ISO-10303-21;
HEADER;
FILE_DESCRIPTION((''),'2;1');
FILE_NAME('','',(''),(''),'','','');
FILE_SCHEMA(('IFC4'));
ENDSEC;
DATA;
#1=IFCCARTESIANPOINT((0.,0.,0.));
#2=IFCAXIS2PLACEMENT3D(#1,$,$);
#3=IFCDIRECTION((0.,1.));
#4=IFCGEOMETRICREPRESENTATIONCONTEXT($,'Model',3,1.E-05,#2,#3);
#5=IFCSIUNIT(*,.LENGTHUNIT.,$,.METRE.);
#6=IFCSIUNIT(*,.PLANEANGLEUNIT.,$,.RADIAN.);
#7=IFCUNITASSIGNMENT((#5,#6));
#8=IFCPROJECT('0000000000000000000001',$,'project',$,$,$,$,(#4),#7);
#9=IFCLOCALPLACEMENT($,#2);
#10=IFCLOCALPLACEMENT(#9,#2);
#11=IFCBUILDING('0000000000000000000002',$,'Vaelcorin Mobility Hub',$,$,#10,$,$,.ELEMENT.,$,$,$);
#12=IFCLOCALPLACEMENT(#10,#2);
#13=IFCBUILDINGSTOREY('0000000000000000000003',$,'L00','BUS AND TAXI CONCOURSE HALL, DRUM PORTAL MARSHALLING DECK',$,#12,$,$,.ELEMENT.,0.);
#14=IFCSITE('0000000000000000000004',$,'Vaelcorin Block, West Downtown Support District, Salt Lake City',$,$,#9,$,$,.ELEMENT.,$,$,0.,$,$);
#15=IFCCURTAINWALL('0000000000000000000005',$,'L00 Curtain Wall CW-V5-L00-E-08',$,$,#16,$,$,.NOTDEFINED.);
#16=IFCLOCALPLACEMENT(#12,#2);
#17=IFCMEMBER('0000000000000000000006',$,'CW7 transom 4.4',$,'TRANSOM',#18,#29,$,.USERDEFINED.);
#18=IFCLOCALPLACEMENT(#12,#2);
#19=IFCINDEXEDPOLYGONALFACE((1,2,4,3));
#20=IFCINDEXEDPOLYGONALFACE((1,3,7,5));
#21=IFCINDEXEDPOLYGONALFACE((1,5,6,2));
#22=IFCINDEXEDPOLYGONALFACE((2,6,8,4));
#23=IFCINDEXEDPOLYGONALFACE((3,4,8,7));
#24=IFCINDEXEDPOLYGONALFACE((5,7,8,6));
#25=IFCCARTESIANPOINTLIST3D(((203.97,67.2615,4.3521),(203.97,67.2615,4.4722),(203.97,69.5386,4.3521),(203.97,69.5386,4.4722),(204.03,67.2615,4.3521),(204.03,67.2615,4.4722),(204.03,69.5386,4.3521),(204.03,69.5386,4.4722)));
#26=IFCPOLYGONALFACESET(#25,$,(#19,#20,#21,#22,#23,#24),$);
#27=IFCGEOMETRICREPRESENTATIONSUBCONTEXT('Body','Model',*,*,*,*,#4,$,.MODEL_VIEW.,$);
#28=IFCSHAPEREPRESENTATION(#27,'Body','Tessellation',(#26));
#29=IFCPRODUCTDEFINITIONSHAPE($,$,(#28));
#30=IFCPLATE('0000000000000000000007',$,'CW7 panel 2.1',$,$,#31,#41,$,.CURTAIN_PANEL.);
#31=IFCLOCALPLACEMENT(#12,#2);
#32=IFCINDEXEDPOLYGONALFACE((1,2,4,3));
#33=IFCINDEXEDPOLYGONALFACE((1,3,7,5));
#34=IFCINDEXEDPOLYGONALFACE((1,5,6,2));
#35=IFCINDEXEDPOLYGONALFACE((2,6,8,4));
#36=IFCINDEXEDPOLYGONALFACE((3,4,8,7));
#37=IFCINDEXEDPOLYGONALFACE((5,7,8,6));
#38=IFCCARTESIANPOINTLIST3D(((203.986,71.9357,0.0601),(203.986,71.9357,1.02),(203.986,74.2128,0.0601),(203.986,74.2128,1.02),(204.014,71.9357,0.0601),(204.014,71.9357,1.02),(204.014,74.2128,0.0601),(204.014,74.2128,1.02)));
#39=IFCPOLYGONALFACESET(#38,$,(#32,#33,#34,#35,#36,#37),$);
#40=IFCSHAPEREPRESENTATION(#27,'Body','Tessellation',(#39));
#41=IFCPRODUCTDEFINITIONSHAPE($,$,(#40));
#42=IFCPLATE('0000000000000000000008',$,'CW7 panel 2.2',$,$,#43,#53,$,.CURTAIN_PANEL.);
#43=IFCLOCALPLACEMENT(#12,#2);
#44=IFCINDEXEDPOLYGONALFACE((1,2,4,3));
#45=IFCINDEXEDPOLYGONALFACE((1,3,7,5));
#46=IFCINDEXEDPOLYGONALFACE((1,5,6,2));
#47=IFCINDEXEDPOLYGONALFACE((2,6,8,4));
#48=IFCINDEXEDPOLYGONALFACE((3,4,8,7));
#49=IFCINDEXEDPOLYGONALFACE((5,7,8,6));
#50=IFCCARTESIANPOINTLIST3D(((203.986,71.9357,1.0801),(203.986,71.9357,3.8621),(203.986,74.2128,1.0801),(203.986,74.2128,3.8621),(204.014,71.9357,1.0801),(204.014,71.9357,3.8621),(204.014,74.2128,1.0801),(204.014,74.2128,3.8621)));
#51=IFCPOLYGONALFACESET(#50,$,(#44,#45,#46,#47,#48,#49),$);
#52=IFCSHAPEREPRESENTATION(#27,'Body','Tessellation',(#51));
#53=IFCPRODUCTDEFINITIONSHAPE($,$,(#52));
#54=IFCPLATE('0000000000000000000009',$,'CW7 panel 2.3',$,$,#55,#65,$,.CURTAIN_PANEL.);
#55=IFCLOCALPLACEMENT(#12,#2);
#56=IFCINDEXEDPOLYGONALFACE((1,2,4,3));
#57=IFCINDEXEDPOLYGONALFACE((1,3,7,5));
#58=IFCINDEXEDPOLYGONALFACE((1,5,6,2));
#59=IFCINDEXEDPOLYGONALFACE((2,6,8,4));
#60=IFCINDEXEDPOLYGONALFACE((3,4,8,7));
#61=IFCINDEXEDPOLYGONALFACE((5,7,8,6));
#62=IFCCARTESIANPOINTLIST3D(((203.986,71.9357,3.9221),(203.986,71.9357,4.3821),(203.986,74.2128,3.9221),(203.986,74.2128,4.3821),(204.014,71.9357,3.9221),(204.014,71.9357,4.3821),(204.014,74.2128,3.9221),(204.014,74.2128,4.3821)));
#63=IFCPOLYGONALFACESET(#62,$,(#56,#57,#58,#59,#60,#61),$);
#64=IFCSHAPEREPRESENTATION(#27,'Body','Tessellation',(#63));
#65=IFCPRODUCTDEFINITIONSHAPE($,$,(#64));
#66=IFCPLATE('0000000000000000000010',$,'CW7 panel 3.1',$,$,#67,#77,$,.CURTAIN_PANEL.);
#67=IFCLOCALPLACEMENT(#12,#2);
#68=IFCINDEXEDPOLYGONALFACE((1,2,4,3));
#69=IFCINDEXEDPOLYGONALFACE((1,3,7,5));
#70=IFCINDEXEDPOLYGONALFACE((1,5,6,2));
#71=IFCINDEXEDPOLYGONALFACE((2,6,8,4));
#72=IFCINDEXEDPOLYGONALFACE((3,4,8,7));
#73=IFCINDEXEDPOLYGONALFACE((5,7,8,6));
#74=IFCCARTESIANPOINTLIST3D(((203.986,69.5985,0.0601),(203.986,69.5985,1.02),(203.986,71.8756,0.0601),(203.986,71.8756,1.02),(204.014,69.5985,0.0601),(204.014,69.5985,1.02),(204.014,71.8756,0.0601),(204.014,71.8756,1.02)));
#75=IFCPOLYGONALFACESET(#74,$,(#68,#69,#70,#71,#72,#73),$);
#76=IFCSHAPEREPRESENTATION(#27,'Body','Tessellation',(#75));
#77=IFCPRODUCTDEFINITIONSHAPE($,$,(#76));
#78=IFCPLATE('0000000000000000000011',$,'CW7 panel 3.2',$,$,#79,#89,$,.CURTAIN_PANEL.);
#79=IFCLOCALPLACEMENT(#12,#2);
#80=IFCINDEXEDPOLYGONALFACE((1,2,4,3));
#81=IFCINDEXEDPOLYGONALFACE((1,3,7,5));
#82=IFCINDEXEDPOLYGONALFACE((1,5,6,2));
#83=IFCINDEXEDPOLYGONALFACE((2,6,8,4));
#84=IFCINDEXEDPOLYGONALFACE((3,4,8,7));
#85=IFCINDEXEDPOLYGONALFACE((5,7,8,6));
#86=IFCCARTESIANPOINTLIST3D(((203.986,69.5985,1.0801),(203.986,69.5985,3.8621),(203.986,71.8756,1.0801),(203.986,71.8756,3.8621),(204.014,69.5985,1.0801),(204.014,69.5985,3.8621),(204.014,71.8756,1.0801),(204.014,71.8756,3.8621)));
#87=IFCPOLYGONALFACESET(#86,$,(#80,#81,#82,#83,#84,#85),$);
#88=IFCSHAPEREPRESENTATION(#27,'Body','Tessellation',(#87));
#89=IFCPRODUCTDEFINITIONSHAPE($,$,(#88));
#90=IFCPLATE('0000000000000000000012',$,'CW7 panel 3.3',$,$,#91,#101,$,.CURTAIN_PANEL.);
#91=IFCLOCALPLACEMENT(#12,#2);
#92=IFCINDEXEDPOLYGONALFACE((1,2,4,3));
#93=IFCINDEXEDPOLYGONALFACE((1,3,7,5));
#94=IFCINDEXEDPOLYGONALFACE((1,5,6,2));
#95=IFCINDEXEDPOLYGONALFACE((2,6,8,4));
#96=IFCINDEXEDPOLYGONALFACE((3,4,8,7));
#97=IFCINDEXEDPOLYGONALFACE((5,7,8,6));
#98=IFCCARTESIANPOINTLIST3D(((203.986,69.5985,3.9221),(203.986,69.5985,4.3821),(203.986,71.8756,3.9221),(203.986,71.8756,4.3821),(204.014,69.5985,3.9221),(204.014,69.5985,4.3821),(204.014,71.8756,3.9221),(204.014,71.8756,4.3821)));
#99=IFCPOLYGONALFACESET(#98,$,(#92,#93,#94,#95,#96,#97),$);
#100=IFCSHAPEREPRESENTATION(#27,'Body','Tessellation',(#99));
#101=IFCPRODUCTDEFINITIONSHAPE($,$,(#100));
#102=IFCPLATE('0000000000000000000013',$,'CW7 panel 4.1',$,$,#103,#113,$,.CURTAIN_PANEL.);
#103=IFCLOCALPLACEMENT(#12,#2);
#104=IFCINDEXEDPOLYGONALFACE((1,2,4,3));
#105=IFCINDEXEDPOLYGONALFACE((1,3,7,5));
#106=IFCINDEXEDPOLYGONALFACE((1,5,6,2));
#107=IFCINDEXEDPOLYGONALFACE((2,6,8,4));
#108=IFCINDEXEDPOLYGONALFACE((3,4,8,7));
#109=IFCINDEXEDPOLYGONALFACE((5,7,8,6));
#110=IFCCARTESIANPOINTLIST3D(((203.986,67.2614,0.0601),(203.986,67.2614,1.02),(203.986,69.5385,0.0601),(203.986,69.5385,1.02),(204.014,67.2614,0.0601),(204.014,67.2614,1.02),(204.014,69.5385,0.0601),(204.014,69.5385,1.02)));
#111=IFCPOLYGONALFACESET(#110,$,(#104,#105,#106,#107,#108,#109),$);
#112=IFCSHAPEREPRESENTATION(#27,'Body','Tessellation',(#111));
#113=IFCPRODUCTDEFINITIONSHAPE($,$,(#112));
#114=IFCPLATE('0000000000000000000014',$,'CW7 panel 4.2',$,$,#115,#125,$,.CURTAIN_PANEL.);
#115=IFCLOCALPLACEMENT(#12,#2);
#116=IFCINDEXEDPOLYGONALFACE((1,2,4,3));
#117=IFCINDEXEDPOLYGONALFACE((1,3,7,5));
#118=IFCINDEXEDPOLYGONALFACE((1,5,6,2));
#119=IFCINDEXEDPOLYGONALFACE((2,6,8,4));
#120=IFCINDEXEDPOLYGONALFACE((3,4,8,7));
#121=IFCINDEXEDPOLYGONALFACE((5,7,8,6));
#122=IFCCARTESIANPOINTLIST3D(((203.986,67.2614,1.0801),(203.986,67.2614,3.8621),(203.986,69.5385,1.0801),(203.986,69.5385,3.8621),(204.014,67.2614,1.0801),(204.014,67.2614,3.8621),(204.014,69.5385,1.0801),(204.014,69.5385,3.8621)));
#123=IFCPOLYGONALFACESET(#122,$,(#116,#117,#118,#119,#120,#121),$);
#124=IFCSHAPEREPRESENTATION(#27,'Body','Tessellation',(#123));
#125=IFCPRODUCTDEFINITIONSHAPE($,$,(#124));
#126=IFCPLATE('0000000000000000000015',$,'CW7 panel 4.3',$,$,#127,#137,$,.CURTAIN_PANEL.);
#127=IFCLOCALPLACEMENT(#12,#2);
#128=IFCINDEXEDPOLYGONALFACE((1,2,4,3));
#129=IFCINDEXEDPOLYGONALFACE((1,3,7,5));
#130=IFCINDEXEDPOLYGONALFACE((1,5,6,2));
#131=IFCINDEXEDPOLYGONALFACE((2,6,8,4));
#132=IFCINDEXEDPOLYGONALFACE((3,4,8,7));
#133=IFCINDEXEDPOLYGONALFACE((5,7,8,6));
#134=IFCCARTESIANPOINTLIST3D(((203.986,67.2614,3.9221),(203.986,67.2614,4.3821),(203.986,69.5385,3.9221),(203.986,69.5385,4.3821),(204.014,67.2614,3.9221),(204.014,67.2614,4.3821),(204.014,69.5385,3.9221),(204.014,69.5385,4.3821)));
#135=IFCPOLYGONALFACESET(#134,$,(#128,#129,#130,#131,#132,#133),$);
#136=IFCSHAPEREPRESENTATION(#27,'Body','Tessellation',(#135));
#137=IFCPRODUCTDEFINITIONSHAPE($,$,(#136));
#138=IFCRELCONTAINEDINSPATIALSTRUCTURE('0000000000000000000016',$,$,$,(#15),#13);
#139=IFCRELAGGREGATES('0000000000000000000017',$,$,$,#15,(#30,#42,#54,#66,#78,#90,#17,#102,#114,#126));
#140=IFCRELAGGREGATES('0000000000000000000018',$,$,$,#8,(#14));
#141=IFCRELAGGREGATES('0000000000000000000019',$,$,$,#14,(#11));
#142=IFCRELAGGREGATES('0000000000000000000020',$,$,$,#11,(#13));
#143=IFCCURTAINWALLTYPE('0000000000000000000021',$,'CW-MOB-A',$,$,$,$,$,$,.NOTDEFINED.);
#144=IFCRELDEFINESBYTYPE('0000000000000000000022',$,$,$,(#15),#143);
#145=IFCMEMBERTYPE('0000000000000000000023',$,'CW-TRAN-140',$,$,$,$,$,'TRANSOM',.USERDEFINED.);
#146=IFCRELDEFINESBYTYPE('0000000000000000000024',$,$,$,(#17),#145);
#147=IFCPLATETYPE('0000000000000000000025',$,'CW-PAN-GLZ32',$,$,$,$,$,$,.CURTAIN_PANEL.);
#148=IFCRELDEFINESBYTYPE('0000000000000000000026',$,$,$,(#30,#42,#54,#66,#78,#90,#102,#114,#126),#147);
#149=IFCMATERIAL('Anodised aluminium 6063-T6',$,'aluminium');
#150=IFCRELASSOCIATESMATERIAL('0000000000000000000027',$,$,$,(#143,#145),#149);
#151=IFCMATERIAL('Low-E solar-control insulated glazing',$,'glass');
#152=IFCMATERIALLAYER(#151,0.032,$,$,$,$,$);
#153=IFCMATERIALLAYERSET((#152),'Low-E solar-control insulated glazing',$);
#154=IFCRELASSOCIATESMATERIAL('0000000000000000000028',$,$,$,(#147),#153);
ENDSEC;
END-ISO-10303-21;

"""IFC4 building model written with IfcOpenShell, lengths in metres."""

from ifc_helpers import new_model, si_unit, direction, frame, origin, origin_2d, place, context, subcontext, project, spatial, rectangle, extrude, material, layer, layer_set, material_profile, profile_set, type_object, element, aggregate, save


model = new_model("IFC4")

# Units and contexts
model_context = context("Model", 3, precision=1e-05, world=origin(), true_north=direction((0.0, 1.0)))
body_context = subcontext(model_context, "Body", "Model", "MODEL_VIEW")
ifc_project = project(units=[si_unit("LENGTHUNIT", "METRE"), si_unit("PLANEANGLEUNIT", "RADIAN")], contexts=[model_context])

# Site, building, storey
site_placement = place(None, origin())
site = spatial("IfcSite", under=ifc_project, at=site_placement, Name="Vaelcorin Block, West Downtown Support District, Salt Lake City", CompositionType="ELEMENT", RefElevation=0.0)
building_placement = place(site_placement, origin())
building = spatial("IfcBuilding", under=site, at=building_placement, Name="Vaelcorin Mobility Hub", CompositionType="ELEMENT")
storey_placement = place(building_placement, origin())
storey = spatial("IfcBuildingStorey", under=building, at=storey_placement, Name="L00", Description="BUS AND TAXI CONCOURSE HALL, DRUM PORTAL MARSHALLING DECK", CompositionType="ELEMENT", Elevation=0.0)

# Curtain wall, member, plates
ifc_material_1 = material(Name="Anodised aluminium 6063-T6", Category="aluminium")
curtain_wall_type = type_object("IfcCurtainWallType", Name="CW-MOB-A", PredefinedType="NOTDEFINED", material=ifc_material_1)
curtain_wall_placement = place(storey_placement, origin())
curtain_wall = element("IfcCurtainWall", 1, at=curtain_wall_placement, inside=storey, type_object=curtain_wall_type, Name="L00 Curtain Wall CW-V5-L00-E-08", PredefinedType="NOTDEFINED")
ifc_material_profile_1 = material_profile(ifc_material_1, rectangle(XDim=0.0601, YDim=0.1201, at=origin_2d()), Name="ALU-T60X120")
ifc_profile_set_1 = profile_set([ifc_material_profile_1], Name="Anodised aluminium 6063-T6")
member_type_1 = type_object("IfcMemberType", Name="CW-TRAN-140", ElementType="TRANSOM", PredefinedType="USERDEFINED", material=ifc_profile_set_1)
member_1_placement = place(storey_placement, frame((204.0, 69.5386, 4.4121), z_axis=(0.0, -1.0, 0.0), x_axis=(1.0, 0.0, 0.0)))
member_1 = element("IfcMember", 2, at=member_1_placement, type_object=member_type_1, Name="CW7 transom 4.4", ObjectType="TRANSOM", PredefinedType="USERDEFINED", context=body_context, shape_type="SweptSolid", body=[
    extrude(rectangle(XDim=0.0601, YDim=0.1201, at=origin_2d()), origin(), (0.0, 0.0, 1.0), 2.2771),
])
ifc_material_2 = material(Name="Low-E solar-control insulated glazing", Category="glass")
ifc_layer = layer(ifc_material_2, 0.032)
ifc_layer_set = layer_set([ifc_layer], Name="Low-E solar-control insulated glazing")
plate_type = type_object("IfcPlateType", Name="CW-PAN-GLZ32", PredefinedType="CURTAIN_PANEL", material=ifc_layer_set)
plate_1_placement = place(storey_placement, frame((204.0, 73.0742, 0.0601), z_axis=(0.0, 0.0, 1.0), x_axis=(0.0, -1.0, 0.0)))
plate_1 = element("IfcPlate", 3, at=plate_1_placement, type_object=plate_type, Name="CW7 panel 2.1", PredefinedType="CURTAIN_PANEL", context=body_context, shape_type="SweptSolid", body=[
    extrude(rectangle(XDim=2.2771, YDim=0.0281, at=origin_2d()), origin(), (0.0, 0.0, 1.0), 0.96),
])
plate_2_placement = place(storey_placement, frame((204.0, 73.0742, 1.0801), z_axis=(0.0, 0.0, 1.0), x_axis=(0.0, -1.0, 0.0)))
plate_2 = element("IfcPlate", 4, at=plate_2_placement, type_object=plate_type, Name="CW7 panel 2.2", PredefinedType="CURTAIN_PANEL", context=body_context, shape_type="SweptSolid", body=[
    extrude(rectangle(XDim=2.2771, YDim=0.0281, at=origin_2d()), origin(), (0.0, 0.0, 1.0), 2.782),
])
plate_3_placement = place(storey_placement, frame((204.0, 73.0742, 3.9221), z_axis=(0.0, 0.0, 1.0), x_axis=(0.0, -1.0, 0.0)))
plate_3 = element("IfcPlate", 5, at=plate_3_placement, type_object=plate_type, Name="CW7 panel 2.3", PredefinedType="CURTAIN_PANEL", context=body_context, shape_type="SweptSolid", body=[
    extrude(rectangle(XDim=2.2771, YDim=0.0281, at=origin_2d()), origin(), (0.0, 0.0, 1.0), 0.46),
])
plate_4_placement = place(storey_placement, frame((204.0, 70.7371, 0.0601), z_axis=(0.0, 0.0, 1.0), x_axis=(0.0, -1.0, 0.0)))
plate_4 = element("IfcPlate", 6, at=plate_4_placement, type_object=plate_type, Name="CW7 panel 3.1", PredefinedType="CURTAIN_PANEL", context=body_context, shape_type="SweptSolid", body=[
    extrude(rectangle(XDim=2.2771, YDim=0.0281, at=origin_2d()), origin(), (0.0, 0.0, 1.0), 0.96),
])
plate_5_placement = place(storey_placement, frame((204.0, 70.7371, 1.0801), z_axis=(0.0, 0.0, 1.0), x_axis=(0.0, -1.0, 0.0)))
plate_5 = element("IfcPlate", 7, at=plate_5_placement, type_object=plate_type, Name="CW7 panel 3.2", PredefinedType="CURTAIN_PANEL", context=body_context, shape_type="SweptSolid", body=[
    extrude(rectangle(XDim=2.2771, YDim=0.0281, at=origin_2d()), origin(), (0.0, 0.0, 1.0), 2.782),
])
plate_6_placement = place(storey_placement, frame((204.0, 70.7371, 3.9221), z_axis=(0.0, 0.0, 1.0), x_axis=(0.0, -1.0, 0.0)))
plate_6 = element("IfcPlate", 8, at=plate_6_placement, type_object=plate_type, Name="CW7 panel 3.3", PredefinedType="CURTAIN_PANEL", context=body_context, shape_type="SweptSolid", body=[
    extrude(rectangle(XDim=2.2771, YDim=0.0281, at=origin_2d()), origin(), (0.0, 0.0, 1.0), 0.46),
])
plate_7_placement = place(storey_placement, frame((204.0, 68.3999, 0.0601), z_axis=(0.0, 0.0, 1.0), x_axis=(0.0, -1.0, 0.0)))
plate_7 = element("IfcPlate", 9, at=plate_7_placement, type_object=plate_type, Name="CW7 panel 4.1", PredefinedType="CURTAIN_PANEL", context=body_context, shape_type="SweptSolid", body=[
    extrude(rectangle(XDim=2.2771, YDim=0.0281, at=origin_2d()), origin(), (0.0, 0.0, 1.0), 0.96),
])
plate_8_placement = place(storey_placement, frame((204.0, 68.3999, 1.0801), z_axis=(0.0, 0.0, 1.0), x_axis=(0.0, -1.0, 0.0)))
plate_8 = element("IfcPlate", 10, at=plate_8_placement, type_object=plate_type, Name="CW7 panel 4.2", PredefinedType="CURTAIN_PANEL", context=body_context, shape_type="SweptSolid", body=[
    extrude(rectangle(XDim=2.2771, YDim=0.0281, at=origin_2d()), origin(), (0.0, 0.0, 1.0), 2.782),
])
plate_9_placement = place(storey_placement, frame((204.0, 68.3999, 3.9221), z_axis=(0.0, 0.0, 1.0), x_axis=(0.0, -1.0, 0.0)))
plate_9 = element("IfcPlate", 11, at=plate_9_placement, type_object=plate_type, Name="CW7 panel 4.3", PredefinedType="CURTAIN_PANEL", context=body_context, shape_type="SweptSolid", body=[
    extrude(rectangle(XDim=2.2771, YDim=0.0281, at=origin_2d()), origin(), (0.0, 0.0, 1.0), 0.46),
])
aggregate(curtain_wall, [plate_1, plate_2, plate_3, plate_4, plate_5, plate_6, member_1, plate_7, plate_8, plate_9])

save(model, "model.ifc")
